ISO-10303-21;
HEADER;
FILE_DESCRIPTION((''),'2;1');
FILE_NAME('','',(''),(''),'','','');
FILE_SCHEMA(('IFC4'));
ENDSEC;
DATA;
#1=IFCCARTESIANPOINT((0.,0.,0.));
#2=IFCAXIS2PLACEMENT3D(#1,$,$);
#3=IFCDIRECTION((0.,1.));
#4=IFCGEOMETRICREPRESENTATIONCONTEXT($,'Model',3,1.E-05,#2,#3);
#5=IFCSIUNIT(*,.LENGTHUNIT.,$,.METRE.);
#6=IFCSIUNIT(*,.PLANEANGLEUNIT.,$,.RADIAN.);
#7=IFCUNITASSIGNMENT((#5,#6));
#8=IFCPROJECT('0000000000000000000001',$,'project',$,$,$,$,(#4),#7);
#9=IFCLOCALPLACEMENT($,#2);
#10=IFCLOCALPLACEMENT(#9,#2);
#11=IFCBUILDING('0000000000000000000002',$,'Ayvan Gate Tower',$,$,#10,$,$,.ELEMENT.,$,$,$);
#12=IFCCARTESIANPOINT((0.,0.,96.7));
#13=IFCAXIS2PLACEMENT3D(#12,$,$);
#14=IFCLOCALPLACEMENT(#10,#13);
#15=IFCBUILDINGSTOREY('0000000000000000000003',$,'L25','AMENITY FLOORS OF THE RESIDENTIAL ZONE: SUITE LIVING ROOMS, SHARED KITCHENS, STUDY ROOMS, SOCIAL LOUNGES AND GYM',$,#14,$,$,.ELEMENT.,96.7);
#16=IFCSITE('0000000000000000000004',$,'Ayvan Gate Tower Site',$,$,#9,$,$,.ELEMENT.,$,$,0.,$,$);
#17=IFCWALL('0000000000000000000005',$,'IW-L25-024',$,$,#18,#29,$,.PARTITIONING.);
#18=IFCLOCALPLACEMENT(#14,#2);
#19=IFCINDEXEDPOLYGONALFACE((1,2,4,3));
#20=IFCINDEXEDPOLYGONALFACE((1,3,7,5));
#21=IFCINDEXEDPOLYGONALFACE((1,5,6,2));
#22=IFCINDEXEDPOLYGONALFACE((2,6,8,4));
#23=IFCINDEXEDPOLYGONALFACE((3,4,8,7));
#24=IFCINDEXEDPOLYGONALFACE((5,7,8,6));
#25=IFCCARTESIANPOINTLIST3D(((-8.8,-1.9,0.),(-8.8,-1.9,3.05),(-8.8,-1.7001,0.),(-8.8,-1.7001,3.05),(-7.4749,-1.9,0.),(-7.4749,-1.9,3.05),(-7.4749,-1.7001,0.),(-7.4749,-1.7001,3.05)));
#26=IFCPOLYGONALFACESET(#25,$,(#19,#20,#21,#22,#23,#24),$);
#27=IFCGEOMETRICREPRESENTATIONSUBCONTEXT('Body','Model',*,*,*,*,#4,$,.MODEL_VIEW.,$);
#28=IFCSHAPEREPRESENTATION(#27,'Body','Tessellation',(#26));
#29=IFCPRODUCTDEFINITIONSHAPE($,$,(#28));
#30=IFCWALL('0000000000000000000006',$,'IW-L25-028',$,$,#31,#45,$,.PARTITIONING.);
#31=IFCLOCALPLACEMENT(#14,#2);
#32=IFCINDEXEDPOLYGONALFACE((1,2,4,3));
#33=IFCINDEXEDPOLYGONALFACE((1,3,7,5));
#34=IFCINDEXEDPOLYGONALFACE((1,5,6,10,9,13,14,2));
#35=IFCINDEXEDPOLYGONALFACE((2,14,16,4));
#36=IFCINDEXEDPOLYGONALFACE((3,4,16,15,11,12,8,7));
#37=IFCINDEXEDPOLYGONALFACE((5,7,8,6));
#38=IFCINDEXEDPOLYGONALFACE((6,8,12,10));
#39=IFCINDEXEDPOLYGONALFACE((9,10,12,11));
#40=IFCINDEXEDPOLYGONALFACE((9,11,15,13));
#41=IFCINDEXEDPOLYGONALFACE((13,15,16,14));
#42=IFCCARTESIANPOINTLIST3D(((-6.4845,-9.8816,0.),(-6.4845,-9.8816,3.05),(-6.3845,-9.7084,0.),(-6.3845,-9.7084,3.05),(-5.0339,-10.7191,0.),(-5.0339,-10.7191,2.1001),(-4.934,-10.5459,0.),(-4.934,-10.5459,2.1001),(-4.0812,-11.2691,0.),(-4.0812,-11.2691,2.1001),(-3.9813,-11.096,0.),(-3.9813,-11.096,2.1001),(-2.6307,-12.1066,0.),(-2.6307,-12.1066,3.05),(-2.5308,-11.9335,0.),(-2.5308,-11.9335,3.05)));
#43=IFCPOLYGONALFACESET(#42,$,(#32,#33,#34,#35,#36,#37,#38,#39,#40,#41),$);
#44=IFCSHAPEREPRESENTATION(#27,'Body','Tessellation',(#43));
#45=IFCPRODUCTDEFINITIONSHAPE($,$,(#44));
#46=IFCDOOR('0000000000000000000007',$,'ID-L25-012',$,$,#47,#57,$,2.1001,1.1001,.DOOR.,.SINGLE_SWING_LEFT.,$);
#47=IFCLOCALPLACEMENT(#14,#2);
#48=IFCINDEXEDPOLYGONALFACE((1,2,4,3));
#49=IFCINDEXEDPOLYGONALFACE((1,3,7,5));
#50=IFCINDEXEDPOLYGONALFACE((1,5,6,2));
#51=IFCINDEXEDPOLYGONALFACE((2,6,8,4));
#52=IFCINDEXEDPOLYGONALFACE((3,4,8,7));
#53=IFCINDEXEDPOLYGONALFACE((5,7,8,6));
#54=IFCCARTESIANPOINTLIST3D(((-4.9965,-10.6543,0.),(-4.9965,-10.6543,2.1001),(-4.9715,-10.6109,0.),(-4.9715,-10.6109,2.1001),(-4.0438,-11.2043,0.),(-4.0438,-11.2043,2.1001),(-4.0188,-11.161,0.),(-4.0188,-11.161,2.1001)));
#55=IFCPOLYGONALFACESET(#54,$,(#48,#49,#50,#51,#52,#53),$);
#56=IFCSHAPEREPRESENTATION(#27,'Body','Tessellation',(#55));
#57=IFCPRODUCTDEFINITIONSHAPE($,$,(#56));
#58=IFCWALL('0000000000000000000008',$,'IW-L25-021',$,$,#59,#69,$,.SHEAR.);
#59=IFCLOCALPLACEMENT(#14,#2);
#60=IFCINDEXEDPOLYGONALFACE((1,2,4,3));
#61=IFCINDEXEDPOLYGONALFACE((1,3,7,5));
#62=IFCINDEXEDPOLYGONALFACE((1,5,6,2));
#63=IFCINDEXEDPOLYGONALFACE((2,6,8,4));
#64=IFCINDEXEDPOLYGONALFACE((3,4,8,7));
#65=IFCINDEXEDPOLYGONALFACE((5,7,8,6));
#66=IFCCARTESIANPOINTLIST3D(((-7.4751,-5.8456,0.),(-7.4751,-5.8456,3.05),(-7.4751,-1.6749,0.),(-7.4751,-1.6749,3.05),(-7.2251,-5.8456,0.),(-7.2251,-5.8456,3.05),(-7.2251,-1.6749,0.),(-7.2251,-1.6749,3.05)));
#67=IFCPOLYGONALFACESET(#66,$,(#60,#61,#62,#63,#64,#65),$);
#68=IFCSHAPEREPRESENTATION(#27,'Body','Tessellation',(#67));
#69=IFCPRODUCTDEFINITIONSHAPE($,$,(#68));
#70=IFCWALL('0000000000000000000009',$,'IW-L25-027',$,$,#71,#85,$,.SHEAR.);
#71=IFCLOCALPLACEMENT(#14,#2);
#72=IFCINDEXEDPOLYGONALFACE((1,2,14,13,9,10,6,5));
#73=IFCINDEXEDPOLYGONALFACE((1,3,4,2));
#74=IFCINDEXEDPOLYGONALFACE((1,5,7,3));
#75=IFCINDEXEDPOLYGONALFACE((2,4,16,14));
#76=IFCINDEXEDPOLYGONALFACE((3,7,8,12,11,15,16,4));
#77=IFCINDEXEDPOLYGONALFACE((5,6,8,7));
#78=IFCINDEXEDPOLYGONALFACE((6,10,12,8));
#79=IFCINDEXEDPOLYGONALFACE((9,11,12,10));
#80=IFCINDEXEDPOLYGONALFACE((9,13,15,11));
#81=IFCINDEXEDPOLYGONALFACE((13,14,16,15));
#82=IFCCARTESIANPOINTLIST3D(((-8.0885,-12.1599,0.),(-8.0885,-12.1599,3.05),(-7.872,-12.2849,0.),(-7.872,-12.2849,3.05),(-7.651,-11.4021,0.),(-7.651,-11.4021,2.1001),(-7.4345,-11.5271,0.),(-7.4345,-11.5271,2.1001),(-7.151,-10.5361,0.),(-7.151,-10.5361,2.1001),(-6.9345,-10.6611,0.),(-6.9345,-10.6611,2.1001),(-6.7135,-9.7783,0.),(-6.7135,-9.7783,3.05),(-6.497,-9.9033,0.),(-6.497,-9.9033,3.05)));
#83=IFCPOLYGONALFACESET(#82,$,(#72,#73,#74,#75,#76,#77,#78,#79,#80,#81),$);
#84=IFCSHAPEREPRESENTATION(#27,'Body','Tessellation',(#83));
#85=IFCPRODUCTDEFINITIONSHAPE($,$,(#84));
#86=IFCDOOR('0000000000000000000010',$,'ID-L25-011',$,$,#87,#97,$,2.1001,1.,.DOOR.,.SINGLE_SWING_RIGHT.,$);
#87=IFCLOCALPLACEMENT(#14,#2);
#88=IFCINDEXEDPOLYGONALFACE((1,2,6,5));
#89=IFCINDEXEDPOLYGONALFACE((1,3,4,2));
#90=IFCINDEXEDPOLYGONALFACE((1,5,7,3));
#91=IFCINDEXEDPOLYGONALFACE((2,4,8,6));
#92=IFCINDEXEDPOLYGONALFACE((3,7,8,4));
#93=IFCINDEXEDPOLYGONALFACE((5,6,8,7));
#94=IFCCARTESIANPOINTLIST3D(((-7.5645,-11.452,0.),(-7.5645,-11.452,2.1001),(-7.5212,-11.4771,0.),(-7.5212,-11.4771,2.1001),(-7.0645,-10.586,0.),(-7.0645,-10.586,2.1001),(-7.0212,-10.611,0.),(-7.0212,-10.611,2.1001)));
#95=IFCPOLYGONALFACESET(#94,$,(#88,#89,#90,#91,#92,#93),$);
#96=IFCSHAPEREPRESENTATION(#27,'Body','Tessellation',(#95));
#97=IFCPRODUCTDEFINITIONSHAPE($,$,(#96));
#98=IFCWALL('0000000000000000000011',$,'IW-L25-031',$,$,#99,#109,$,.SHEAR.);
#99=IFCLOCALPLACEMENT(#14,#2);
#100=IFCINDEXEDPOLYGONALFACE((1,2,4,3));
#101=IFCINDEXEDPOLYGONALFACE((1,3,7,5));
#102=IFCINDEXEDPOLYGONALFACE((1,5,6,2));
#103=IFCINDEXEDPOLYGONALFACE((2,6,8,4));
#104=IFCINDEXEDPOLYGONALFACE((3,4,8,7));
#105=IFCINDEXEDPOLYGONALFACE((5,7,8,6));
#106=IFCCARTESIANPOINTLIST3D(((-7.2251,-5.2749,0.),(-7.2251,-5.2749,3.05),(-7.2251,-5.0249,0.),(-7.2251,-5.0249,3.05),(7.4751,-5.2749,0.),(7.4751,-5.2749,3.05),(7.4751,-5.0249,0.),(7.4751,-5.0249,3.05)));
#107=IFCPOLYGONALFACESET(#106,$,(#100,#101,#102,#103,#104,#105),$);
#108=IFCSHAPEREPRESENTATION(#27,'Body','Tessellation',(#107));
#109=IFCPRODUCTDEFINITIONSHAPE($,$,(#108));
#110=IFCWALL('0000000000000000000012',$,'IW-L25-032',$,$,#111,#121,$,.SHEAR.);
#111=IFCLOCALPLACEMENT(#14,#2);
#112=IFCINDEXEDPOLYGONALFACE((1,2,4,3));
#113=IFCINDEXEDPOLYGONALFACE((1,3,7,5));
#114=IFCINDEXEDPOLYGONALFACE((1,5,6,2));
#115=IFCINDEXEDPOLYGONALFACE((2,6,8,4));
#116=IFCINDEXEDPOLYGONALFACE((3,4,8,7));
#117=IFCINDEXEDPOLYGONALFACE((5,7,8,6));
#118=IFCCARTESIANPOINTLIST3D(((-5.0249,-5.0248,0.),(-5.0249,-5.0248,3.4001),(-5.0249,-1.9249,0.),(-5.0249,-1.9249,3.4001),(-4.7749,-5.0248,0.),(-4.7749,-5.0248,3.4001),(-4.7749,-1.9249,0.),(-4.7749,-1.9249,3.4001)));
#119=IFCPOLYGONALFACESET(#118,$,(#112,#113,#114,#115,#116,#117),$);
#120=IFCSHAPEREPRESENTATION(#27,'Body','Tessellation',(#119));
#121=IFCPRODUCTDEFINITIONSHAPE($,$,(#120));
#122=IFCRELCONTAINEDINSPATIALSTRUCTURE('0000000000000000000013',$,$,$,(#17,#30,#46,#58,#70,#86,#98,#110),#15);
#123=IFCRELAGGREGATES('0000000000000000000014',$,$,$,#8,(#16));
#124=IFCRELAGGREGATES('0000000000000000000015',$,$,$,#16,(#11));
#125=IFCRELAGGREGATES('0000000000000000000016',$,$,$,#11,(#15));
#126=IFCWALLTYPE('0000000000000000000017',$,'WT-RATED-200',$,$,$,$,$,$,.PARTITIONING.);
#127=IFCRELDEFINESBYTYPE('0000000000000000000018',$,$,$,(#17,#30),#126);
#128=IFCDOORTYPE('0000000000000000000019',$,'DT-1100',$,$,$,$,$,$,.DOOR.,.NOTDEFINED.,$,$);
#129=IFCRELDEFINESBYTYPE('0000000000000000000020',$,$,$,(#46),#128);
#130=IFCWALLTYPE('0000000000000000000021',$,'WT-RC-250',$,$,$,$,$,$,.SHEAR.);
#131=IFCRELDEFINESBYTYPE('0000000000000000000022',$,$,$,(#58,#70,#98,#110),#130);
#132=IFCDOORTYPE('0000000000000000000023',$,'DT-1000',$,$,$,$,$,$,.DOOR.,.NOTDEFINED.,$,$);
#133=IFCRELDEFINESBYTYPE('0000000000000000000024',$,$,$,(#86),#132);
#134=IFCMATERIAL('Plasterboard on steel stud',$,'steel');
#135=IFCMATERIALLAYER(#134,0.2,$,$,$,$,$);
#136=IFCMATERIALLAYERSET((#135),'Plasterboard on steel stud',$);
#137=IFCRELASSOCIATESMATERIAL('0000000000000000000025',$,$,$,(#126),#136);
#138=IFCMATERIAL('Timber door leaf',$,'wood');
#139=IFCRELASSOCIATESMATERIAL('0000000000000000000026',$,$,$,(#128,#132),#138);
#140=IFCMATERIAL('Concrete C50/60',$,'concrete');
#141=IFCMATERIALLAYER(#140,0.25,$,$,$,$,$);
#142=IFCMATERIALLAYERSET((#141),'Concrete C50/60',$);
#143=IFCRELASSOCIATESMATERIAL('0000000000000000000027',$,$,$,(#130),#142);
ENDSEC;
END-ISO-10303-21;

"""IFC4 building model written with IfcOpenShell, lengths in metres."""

from ifc_helpers import new_model, si_unit, direction, frame, frame_2d, origin, place, context, subcontext, project, spatial, rectangle, extrude, material, layer, layer_set, type_object, element, fill, save


model = new_model("IFC4")

# Units and contexts
model_context = context("Model", 3, precision=1e-05, world=origin(), true_north=direction((0.0, 1.0)))
body_context = subcontext(model_context, "Body", "Model", "MODEL_VIEW")
ifc_project = project(units=[si_unit("LENGTHUNIT", "METRE"), si_unit("PLANEANGLEUNIT", "RADIAN")], contexts=[model_context])

# Site, building, storey
site_placement = place(None, origin())
site = spatial("IfcSite", under=ifc_project, at=site_placement, Name="Ayvan Gate Tower Site", CompositionType="ELEMENT", RefElevation=0.0)
building_placement = place(site_placement, origin())
building = spatial("IfcBuilding", under=site, at=building_placement, Name="Ayvan Gate Tower", CompositionType="ELEMENT")
storey_placement = place(building_placement, frame((0.0, 0.0, 96.7)))
storey = spatial("IfcBuildingStorey", under=building, at=storey_placement, Name="L25", Description="AMENITY FLOORS OF THE RESIDENTIAL ZONE: SUITE LIVING ROOMS, SHARED KITCHENS, STUDY ROOMS, SOCIAL LOUNGES AND GYM", CompositionType="ELEMENT", Elevation=96.7)

# Wall
ifc_material_1 = material(Name="Plasterboard on steel stud", Category="steel")
ifc_layer_1 = layer(ifc_material_1, 0.2)
ifc_layer_set_1 = layer_set([ifc_layer_1], Name="Plasterboard on steel stud")
wall_type_1 = type_object("IfcWallType", Name="WT-RATED-200", PredefinedType="PARTITIONING", material=ifc_layer_set_1)
wall_1_placement = place(storey_placement, frame((-7.4749, -1.8, 0.0), z_axis=(0.0, 0.0, 1.0), x_axis=(-1.0, 0.0, 0.0)))
element("IfcWall", 1, at=wall_1_placement, inside=storey, type_object=wall_type_1, Name="IW-L25-024", PredefinedType="PARTITIONING", context=body_context, shape_type="SweptSolid", body=[
    extrude(rectangle(XDim=1.3252, YDim=0.2, at=frame_2d((0.6626, 0.0))), origin(), (0.0, 0.0, 1.0), 3.05),
])

# Wall, opening, door
wall_2_placement = place(storey_placement, frame((-6.4346, -9.7949, 0.0), z_axis=(0.0, 0.0, 1.0), x_axis=(0.866013, -0.500022, 0.0)))
wall_2 = element("IfcWall", 2, at=wall_2_placement, inside=storey, type_object=wall_type_1, Name="IW-L25-028", PredefinedType="PARTITIONING", context=body_context, shape_type="SweptSolid", body=[
    extrude(rectangle(XDim=4.45, YDim=0.2, at=frame_2d((2.2251, 0.0))), origin(), (0.0, 0.0, 1.0), 3.05),
])
opening_1_placement = place(wall_2_placement, frame((1.675, 0.0, 0.0)))
opening_1 = element("IfcOpeningElement", 3, at=opening_1_placement, cuts=wall_2, PredefinedType="OPENING", context=body_context, shape_type="SweptSolid", body=[
    extrude(rectangle(XDim=1.1001, YDim=2.1001, at=frame_2d((0.55, 1.05))), frame((0.0, 0.1099, 0.0), z_axis=(0.0, -1.0, 0.0), x_axis=(1.0, 0.0, 0.0)), (0.0, 0.0, 1.0), 0.22),
])
ifc_material_2 = material(Name="Timber door leaf", Category="wood")
door_type_1 = type_object("IfcDoorType", Name="DT-1100", OperationType="NOTDEFINED", PredefinedType="DOOR", material=ifc_material_2)
door_1_placement = place(opening_1_placement, origin())
door_1 = element("IfcDoor", 4, at=door_1_placement, inside=storey, type_object=door_type_1, Name="ID-L25-012", OperationType="SINGLE_SWING_LEFT", OverallHeight=2.1001, OverallWidth=1.1001, PredefinedType="DOOR", context=body_context, shape_type="SweptSolid", body=[
    extrude(rectangle(XDim=1.1001, YDim=2.1001, at=frame_2d((0.55, 1.05))), frame((0.0, 0.0249, 0.0), z_axis=(0.0, -1.0, 0.0), x_axis=(1.0, 0.0, 0.0)), (0.0, 0.0, 1.0), 0.05),
])
fill(opening_1, door_1)

# Wall
ifc_material_3 = material(Name="Concrete C50/60", Category="concrete")
ifc_layer_2 = layer(ifc_material_3, 0.25)
ifc_layer_set_2 = layer_set([ifc_layer_2], Name="Concrete C50/60")
wall_type_2 = type_object("IfcWallType", Name="WT-RC-250", PredefinedType="SHEAR", material=ifc_layer_set_2)
wall_3_placement = place(storey_placement, frame((-7.3501, -5.8457, 0.0), z_axis=(0.0, 0.0, 1.0), x_axis=(0.0, 1.0, 0.0)))
element("IfcWall", 5, at=wall_3_placement, inside=storey, type_object=wall_type_2, Name="IW-L25-021", PredefinedType="SHEAR", context=body_context, shape_type="SweptSolid", body=[
    extrude(rectangle(XDim=4.1707, YDim=0.25, at=frame_2d((2.0854, 0.0))), origin(), (0.0, 0.0, 1.0), 3.05),
])

# Wall, opening, door
wall_4_placement = place(storey_placement, frame((-6.6052, -9.8408, 0.0), z_axis=(0.0, 0.0, 1.0), x_axis=(-0.499997, -0.866027, 0.0)))
wall_4 = element("IfcWall", 6, at=wall_4_placement, inside=storey, type_object=wall_type_2, Name="IW-L25-027", PredefinedType="SHEAR", context=body_context, shape_type="SweptSolid", body=[
    extrude(rectangle(XDim=2.75, YDim=0.25, at=frame_2d((1.375, 0.0))), origin(), (0.0, 0.0, 1.0), 3.05),
])
opening_2_placement = place(wall_4_placement, frame((0.875, 0.0, 0.0)))
opening_2 = element("IfcOpeningElement", 7, at=opening_2_placement, cuts=wall_4, PredefinedType="OPENING", context=body_context, shape_type="SweptSolid", body=[
    extrude(rectangle(XDim=1.0, YDim=2.1001, at=frame_2d((0.5, 1.05))), frame((0.0, 0.135, 0.0), z_axis=(0.0, -1.0, 0.0), x_axis=(1.0, 0.0, 0.0)), (0.0, 0.0, 1.0), 0.27),
])
door_type_2 = type_object("IfcDoorType", Name="DT-1000", OperationType="NOTDEFINED", PredefinedType="DOOR", material=ifc_material_2)
door_2_placement = place(opening_2_placement, origin())
door_2 = element("IfcDoor", 8, at=door_2_placement, inside=storey, type_object=door_type_2, Name="ID-L25-011", OperationType="SINGLE_SWING_RIGHT", OverallHeight=2.1001, OverallWidth=1.0, PredefinedType="DOOR", context=body_context, shape_type="SweptSolid", body=[
    extrude(rectangle(XDim=1.0, YDim=2.1001, at=frame_2d((0.5, 1.05))), frame((0.0, 0.0249, 0.0), z_axis=(0.0, -1.0, 0.0), x_axis=(1.0, 0.0, 0.0)), (0.0, 0.0, 1.0), 0.05),
])
fill(opening_2, door_2)

# Walls
wall_5_placement = place(storey_placement, frame((-7.2251, -5.1499, 0.0), z_axis=(0.0, 0.0, 1.0), x_axis=(1.0, 0.0, 0.0)))
element("IfcWall", 9, at=wall_5_placement, inside=storey, type_object=wall_type_2, Name="IW-L25-031", PredefinedType="SHEAR", context=body_context, shape_type="SweptSolid", body=[
    extrude(rectangle(XDim=14.7002, YDim=0.25, at=frame_2d((7.3501, 0.0))), origin(), (0.0, 0.0, 1.0), 3.05),
])
wall_6_placement = place(storey_placement, frame((-4.8999, -1.925, 0.0), z_axis=(0.0, 0.0, 1.0), x_axis=(0.0, -1.0, 0.0)))
element("IfcWall", 10, at=wall_6_placement, inside=storey, type_object=wall_type_2, Name="IW-L25-032", PredefinedType="SHEAR", context=body_context, shape_type="SweptSolid", body=[
    extrude(rectangle(XDim=3.0999, YDim=0.25, at=frame_2d((1.5498, 0.0))), origin(), (0.0, 0.0, 1.0), 3.4001),
])

save(model, "model.ifc")
